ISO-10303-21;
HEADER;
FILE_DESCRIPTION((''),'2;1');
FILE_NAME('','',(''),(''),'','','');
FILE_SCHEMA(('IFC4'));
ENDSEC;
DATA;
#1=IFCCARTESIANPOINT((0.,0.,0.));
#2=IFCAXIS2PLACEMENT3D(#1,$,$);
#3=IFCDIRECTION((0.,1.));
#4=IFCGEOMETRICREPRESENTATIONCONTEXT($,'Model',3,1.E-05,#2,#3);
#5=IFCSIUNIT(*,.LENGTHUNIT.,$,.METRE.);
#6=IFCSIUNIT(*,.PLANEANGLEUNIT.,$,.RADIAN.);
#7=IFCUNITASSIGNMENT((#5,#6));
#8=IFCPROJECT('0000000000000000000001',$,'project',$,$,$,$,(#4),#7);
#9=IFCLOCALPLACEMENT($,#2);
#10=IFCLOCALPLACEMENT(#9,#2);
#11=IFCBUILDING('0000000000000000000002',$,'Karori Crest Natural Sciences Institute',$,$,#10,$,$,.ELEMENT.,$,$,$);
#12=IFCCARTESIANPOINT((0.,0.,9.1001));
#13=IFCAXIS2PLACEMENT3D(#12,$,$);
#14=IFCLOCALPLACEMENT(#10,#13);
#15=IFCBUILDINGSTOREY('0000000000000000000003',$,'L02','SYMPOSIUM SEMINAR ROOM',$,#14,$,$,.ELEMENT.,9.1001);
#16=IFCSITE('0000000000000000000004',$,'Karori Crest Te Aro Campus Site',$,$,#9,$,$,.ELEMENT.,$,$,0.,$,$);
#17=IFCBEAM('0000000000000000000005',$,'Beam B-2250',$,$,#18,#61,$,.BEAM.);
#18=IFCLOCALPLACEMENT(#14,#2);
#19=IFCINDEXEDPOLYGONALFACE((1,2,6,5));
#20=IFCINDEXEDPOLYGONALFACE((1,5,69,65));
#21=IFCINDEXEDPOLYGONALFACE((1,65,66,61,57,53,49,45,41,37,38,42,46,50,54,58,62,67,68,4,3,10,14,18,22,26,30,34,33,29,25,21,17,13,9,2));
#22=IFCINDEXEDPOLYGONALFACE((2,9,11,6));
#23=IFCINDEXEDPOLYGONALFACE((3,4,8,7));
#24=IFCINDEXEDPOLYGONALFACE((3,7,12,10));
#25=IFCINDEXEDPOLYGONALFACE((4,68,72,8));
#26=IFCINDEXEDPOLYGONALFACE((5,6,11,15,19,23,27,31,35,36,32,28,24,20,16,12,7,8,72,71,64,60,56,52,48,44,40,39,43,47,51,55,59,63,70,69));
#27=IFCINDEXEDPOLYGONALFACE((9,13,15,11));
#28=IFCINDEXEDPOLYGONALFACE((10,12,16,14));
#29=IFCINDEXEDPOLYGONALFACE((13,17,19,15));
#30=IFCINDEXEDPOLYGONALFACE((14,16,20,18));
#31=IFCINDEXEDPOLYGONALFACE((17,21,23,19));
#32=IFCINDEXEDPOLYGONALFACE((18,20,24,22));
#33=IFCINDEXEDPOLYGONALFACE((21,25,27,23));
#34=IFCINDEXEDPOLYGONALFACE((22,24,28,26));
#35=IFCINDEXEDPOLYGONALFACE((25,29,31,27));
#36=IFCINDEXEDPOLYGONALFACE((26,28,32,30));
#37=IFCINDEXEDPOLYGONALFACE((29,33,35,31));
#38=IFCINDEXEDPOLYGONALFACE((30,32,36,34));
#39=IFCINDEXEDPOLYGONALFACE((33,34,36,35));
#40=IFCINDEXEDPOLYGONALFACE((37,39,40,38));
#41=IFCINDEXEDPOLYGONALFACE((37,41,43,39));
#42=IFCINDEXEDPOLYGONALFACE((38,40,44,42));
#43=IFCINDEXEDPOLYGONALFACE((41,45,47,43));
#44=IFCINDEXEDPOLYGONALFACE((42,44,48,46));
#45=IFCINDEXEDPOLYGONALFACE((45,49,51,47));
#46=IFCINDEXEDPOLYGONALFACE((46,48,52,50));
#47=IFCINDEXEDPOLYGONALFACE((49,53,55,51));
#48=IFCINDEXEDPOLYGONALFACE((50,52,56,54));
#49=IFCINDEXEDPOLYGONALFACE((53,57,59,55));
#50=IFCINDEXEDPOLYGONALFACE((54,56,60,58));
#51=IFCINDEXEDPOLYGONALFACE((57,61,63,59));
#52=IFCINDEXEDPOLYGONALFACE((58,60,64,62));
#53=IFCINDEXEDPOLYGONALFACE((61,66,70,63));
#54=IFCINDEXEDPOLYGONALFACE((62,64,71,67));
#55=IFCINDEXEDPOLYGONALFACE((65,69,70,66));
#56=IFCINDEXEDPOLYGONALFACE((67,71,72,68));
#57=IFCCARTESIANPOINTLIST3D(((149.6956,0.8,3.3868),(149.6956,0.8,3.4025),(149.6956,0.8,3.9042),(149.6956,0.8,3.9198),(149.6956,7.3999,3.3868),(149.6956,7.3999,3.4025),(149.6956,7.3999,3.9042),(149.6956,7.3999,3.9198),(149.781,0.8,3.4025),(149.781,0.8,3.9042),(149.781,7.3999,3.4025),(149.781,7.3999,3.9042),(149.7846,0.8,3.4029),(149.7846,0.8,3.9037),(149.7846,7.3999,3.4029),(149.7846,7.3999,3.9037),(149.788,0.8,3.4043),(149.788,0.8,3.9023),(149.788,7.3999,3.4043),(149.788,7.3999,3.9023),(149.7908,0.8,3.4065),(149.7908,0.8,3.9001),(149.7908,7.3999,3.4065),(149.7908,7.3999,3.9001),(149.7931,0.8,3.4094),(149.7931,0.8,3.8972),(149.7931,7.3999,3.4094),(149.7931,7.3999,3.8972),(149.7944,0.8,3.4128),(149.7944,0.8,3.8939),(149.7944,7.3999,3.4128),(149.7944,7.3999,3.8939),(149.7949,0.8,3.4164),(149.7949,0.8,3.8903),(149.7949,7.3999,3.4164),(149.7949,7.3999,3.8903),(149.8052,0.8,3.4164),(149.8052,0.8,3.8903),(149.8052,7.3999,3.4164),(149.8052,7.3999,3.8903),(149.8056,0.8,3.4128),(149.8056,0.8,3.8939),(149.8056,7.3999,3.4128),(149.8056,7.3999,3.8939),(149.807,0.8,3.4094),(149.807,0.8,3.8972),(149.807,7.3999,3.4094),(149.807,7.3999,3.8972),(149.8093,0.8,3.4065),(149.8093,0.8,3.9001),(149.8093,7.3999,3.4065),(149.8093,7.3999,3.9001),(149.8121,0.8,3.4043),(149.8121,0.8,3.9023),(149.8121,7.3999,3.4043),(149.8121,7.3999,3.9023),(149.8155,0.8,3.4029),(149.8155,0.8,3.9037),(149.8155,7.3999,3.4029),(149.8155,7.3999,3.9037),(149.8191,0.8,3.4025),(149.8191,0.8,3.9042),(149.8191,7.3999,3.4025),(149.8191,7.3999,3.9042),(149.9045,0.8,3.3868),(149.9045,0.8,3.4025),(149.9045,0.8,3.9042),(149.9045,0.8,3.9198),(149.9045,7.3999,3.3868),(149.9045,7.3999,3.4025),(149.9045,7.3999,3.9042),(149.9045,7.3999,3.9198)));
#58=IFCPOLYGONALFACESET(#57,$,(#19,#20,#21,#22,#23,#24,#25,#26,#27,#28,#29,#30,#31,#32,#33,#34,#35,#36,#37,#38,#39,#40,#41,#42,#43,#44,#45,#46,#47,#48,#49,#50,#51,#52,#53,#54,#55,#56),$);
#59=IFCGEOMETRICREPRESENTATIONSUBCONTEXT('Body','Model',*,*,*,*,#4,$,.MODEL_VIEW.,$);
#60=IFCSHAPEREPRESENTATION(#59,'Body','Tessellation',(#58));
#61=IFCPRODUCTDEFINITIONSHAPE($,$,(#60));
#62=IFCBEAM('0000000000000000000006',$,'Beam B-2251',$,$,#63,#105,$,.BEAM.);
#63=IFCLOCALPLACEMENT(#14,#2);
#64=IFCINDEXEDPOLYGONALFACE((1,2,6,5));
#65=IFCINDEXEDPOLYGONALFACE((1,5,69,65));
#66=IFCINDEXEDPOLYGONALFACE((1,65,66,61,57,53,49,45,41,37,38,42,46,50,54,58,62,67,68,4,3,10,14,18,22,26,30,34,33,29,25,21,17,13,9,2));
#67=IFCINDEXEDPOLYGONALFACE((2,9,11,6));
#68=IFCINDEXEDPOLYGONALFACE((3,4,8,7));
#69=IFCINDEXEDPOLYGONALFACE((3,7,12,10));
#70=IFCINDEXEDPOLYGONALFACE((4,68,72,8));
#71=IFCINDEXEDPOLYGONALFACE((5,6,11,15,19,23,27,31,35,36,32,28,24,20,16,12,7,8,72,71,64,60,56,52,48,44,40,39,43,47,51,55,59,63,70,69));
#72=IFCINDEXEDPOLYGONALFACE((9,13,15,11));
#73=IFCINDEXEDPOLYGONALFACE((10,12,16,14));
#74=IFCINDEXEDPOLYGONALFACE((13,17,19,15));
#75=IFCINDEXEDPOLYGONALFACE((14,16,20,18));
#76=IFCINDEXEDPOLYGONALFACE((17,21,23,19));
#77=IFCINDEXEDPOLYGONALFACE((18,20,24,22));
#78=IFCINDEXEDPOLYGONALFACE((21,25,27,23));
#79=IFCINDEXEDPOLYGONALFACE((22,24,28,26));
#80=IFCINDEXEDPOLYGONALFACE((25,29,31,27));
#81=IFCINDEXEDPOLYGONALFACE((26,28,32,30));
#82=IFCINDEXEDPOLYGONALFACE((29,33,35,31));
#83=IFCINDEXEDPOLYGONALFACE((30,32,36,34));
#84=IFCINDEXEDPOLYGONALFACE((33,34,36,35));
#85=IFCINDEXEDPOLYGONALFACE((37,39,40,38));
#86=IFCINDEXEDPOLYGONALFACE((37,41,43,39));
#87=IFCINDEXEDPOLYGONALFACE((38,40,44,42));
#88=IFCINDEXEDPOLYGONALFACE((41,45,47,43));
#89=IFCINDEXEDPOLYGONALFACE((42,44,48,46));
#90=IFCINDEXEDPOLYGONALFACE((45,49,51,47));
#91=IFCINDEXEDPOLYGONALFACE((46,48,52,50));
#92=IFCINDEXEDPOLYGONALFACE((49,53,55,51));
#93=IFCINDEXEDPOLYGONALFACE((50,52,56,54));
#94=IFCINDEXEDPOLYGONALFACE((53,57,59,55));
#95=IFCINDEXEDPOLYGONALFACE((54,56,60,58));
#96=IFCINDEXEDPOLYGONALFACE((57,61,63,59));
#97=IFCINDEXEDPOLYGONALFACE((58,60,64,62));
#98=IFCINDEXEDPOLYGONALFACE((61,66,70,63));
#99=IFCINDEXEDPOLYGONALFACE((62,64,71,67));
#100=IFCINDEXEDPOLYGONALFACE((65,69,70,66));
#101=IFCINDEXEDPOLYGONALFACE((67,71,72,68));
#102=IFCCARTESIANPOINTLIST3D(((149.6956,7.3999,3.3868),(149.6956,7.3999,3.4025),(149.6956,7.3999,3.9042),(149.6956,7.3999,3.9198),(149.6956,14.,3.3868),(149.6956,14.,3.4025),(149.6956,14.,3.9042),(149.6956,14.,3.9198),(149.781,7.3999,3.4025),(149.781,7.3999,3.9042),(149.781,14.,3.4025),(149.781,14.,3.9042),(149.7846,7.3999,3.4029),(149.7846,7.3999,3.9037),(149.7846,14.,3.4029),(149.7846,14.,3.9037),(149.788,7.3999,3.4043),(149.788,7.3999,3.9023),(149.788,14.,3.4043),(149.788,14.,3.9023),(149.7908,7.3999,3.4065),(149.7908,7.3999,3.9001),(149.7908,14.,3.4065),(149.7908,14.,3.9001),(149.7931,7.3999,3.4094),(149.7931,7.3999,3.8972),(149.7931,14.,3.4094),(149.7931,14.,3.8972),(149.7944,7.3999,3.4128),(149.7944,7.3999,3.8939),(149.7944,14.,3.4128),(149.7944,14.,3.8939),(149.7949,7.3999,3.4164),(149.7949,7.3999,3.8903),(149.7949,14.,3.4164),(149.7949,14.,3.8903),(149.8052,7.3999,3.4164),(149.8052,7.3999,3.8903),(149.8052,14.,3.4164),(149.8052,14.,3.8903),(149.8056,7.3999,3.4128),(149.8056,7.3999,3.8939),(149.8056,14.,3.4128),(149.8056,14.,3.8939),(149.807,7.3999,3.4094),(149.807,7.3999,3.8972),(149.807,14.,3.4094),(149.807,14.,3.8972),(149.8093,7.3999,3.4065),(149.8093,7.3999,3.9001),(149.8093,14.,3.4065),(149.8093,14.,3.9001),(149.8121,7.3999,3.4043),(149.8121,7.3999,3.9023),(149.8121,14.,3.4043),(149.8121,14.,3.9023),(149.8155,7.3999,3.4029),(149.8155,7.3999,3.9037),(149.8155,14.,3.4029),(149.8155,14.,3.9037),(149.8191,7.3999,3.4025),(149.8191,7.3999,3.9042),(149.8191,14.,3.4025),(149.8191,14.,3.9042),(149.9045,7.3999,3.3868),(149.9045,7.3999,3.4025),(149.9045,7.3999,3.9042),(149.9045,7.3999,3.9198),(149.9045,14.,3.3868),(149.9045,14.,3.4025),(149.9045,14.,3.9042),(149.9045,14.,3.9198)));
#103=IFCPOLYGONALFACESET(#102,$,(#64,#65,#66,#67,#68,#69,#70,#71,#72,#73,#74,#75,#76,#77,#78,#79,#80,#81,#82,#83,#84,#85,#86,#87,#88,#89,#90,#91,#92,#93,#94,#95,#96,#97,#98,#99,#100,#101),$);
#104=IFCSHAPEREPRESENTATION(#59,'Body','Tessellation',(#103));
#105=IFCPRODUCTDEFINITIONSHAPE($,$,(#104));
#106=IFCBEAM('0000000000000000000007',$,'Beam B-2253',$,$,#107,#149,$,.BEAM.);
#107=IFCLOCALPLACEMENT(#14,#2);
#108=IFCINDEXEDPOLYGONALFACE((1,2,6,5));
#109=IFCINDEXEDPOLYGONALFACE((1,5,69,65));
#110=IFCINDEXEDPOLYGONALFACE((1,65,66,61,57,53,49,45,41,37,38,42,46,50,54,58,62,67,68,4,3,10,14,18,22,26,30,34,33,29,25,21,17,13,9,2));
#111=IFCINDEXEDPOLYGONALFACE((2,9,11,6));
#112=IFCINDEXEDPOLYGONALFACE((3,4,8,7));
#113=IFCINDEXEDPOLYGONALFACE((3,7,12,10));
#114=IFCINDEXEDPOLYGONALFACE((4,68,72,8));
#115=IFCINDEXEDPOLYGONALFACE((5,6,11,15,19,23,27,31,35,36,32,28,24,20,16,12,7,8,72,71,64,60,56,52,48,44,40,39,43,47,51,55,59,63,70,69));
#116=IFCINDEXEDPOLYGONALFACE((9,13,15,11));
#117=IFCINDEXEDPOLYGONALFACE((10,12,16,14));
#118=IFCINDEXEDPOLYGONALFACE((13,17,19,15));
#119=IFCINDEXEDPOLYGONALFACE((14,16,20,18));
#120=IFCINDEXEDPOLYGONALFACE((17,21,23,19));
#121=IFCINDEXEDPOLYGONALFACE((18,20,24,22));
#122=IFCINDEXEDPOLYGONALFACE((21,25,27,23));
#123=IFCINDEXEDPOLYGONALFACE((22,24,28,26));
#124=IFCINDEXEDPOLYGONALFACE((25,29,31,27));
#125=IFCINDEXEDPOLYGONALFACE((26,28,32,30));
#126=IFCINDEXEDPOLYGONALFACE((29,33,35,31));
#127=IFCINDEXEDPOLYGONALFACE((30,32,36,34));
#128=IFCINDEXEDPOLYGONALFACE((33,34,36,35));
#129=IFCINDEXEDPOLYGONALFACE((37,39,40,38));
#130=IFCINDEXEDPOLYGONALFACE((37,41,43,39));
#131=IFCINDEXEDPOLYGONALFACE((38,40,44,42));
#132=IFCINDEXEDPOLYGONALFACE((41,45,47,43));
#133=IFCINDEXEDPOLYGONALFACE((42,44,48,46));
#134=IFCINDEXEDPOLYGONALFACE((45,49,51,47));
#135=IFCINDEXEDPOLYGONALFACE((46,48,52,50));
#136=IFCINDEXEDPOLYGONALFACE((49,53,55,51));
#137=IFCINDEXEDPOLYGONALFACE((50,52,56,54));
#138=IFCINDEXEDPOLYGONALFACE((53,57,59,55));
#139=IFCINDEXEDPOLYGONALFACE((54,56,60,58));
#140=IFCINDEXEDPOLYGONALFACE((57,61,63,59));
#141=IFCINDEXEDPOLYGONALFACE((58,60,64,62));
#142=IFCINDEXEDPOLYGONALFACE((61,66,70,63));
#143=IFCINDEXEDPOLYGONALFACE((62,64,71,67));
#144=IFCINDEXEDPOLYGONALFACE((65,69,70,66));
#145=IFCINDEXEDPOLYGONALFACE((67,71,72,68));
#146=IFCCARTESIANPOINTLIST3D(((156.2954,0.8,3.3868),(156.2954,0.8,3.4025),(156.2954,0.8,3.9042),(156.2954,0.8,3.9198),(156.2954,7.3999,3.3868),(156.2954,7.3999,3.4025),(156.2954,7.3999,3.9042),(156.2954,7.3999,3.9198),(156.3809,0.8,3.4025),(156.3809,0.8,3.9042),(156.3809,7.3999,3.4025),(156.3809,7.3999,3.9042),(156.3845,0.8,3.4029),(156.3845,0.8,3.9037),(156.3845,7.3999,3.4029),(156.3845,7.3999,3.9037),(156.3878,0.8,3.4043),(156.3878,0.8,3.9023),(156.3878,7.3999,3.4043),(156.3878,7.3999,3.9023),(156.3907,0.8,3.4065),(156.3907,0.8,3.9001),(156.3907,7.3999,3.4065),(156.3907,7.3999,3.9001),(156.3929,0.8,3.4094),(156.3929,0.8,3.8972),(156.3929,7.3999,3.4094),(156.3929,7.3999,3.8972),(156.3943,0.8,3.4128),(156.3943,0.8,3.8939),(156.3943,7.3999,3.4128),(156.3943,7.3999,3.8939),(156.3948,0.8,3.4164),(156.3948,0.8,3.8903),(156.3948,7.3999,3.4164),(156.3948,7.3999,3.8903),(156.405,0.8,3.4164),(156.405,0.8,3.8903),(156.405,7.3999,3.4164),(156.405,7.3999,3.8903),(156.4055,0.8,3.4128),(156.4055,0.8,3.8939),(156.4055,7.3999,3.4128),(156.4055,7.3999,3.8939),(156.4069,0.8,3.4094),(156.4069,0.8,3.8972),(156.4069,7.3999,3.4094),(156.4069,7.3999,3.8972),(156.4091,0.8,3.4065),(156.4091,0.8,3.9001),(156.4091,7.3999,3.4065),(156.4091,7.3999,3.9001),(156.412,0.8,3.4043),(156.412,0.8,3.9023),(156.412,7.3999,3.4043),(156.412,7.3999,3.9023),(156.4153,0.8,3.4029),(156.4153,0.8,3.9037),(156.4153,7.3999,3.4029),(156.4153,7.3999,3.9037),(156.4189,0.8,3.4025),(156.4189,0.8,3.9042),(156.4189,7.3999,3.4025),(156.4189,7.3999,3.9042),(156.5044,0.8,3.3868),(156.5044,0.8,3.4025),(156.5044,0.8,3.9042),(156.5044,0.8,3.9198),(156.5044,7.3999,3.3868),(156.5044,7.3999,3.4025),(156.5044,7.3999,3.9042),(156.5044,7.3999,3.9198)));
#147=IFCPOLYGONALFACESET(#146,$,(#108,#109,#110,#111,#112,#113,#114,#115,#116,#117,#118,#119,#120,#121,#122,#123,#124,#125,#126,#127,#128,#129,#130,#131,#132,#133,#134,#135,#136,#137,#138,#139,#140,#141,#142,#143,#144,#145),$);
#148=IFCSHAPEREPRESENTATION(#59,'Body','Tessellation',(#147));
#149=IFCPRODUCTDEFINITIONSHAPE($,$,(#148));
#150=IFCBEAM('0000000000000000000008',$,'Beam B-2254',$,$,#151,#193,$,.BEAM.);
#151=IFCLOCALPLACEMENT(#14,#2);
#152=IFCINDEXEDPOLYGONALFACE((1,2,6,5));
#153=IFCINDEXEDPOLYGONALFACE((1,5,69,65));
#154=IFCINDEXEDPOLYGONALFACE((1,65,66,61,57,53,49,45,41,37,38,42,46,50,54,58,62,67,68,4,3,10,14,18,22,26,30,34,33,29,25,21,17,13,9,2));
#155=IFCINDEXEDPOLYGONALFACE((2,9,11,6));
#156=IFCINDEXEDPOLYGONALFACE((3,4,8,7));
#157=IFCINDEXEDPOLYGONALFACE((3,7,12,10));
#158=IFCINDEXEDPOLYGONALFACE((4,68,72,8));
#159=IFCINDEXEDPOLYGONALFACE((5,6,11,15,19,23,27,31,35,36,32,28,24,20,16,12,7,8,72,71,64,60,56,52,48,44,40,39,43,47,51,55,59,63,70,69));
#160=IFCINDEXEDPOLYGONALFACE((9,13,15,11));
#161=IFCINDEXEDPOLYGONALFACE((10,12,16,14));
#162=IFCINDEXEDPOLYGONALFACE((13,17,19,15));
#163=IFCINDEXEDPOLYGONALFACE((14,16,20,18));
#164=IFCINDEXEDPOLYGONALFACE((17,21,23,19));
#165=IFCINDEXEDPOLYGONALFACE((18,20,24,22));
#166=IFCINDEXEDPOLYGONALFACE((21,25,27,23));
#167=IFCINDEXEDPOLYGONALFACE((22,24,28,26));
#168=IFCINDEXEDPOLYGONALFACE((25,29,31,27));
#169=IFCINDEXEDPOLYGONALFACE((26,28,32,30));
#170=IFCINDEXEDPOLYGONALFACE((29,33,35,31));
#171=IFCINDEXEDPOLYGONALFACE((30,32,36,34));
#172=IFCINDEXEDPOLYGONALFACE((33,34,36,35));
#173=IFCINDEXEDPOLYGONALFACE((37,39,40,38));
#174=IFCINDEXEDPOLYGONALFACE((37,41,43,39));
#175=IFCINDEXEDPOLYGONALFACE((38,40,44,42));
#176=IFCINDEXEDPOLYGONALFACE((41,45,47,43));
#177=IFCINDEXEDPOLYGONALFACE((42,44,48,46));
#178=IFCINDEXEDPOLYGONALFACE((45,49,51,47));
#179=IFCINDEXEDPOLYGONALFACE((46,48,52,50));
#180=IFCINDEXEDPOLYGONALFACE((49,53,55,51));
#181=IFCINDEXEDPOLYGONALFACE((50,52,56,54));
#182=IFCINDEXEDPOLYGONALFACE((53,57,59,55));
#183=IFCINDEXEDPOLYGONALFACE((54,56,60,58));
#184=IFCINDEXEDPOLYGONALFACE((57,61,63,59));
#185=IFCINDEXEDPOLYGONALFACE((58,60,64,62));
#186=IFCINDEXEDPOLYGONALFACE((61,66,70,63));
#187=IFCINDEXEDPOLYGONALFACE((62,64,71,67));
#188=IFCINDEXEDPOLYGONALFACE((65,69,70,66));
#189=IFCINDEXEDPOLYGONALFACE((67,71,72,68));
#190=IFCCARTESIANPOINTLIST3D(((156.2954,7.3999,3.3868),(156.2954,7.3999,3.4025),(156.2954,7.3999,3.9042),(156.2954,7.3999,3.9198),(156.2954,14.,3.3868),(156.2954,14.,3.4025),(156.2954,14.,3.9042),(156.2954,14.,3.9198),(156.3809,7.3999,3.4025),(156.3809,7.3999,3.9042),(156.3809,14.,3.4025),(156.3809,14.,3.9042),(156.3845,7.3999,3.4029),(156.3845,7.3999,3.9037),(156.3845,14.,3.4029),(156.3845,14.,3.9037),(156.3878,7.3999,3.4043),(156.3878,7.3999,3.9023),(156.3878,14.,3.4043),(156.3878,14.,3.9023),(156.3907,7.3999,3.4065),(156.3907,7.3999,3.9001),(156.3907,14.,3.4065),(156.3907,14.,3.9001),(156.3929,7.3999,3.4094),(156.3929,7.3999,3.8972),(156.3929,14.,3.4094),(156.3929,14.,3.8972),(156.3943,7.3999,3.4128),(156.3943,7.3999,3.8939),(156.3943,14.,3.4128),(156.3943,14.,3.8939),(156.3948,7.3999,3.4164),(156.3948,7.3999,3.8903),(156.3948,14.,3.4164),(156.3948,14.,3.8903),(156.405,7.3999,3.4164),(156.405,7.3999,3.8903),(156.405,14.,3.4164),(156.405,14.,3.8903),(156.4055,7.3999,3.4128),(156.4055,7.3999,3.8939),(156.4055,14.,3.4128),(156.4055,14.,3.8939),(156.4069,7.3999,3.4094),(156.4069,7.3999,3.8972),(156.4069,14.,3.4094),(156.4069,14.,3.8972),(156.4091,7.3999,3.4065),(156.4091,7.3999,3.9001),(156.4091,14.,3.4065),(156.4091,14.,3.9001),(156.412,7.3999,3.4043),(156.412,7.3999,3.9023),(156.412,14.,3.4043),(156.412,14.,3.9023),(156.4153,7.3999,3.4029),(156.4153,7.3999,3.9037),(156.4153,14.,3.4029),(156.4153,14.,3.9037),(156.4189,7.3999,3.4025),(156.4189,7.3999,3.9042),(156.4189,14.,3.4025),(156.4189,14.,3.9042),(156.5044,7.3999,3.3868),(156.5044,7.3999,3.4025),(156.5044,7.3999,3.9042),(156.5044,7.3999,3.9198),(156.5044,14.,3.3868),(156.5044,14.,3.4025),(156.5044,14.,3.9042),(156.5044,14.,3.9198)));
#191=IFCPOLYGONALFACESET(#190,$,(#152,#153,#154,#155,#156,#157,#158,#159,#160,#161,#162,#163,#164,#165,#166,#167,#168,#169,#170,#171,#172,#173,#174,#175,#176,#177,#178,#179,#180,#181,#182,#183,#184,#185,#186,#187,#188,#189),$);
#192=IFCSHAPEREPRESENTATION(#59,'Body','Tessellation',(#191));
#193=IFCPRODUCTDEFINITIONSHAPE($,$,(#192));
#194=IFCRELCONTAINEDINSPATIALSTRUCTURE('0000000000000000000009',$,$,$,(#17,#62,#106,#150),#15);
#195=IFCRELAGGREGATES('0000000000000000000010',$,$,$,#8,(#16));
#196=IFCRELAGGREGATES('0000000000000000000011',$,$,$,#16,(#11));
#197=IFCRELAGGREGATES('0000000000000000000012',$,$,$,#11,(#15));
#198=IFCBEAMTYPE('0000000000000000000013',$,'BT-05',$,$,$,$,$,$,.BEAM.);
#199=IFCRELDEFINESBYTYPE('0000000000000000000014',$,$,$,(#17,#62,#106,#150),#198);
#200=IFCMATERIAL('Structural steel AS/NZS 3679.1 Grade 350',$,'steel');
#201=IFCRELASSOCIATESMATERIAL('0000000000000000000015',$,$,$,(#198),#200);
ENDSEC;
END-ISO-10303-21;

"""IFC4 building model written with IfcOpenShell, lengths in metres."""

from ifc_helpers import new_model, si_unit, direction, frame, origin, origin_2d, place, context, subcontext, project, spatial, i_section, extrude, material, material_profile, profile_set, type_object, element, save


model = new_model("IFC4")

# Units and contexts
model_context = context("Model", 3, precision=1e-05, world=origin(), true_north=direction((0.0, 1.0)))
body_context = subcontext(model_context, "Body", "Model", "MODEL_VIEW")
ifc_project = project(units=[si_unit("LENGTHUNIT", "METRE"), si_unit("PLANEANGLEUNIT", "RADIAN")], contexts=[model_context])

# Site, building, storey
site_placement = place(None, origin())
site = spatial("IfcSite", under=ifc_project, at=site_placement, Name="Karori Crest Te Aro Campus Site", CompositionType="ELEMENT", RefElevation=0.0)
building_placement = place(site_placement, origin())
building = spatial("IfcBuilding", under=site, at=building_placement, Name="Karori Crest Natural Sciences Institute", CompositionType="ELEMENT")
storey_placement = place(building_placement, frame((0.0, 0.0, 9.1001)))
storey = spatial("IfcBuildingStorey", under=building, at=storey_placement, Name="L02", Description="SYMPOSIUM SEMINAR ROOM", CompositionType="ELEMENT", Elevation=9.1001)

# Shared definitions
ifc_material_1 = material(Name="Structural steel AS/NZS 3679.1 Grade 350", Category="steel")

# Beams
ifc_material_profile_1 = material_profile(ifc_material_1, i_section(OverallWidth=0.209, OverallDepth=0.533, WebThickness=0.0103, FlangeThickness=0.0156, FilletRadius=0.0139, at=origin_2d()), Name="530UB92.4")
ifc_profile_set_1 = profile_set([ifc_material_profile_1], Name="Structural steel AS/NZS 3679.1 Grade 350")
beam_type_1 = type_object("IfcBeamType", Name="BT-05", PredefinedType="BEAM", material=ifc_profile_set_1)
beam_1_placement = place(storey_placement, frame((149.8, 0.8, 3.6533), z_axis=(0.0, 1.0, 0.0), x_axis=(-1.0, 0.0, 0.0)))
element("IfcBeam", 1, at=beam_1_placement, inside=storey, type_object=beam_type_1, Name="Beam B-2250", PredefinedType="BEAM", context=body_context, shape_type="SweptSolid", body=[
    extrude(i_section(OverallWidth=0.209, OverallDepth=0.533, WebThickness=0.0103, FlangeThickness=0.0156, FilletRadius=0.0139, at=origin_2d()), origin(), (0.0, 0.0, 1.0), 6.5999),
])
beam_2_placement = place(storey_placement, frame((149.8, 7.3999, 3.6533), z_axis=(0.0, 1.0, 0.0), x_axis=(-1.0, 0.0, 0.0)))
element("IfcBeam", 2, at=beam_2_placement, inside=storey, type_object=beam_type_1, Name="Beam B-2251", PredefinedType="BEAM", context=body_context, shape_type="SweptSolid", body=[
    extrude(i_section(OverallWidth=0.209, OverallDepth=0.533, WebThickness=0.0103, FlangeThickness=0.0156, FilletRadius=0.0139, at=origin_2d()), origin(), (0.0, 0.0, 1.0), 6.6001),
])
beam_3_placement = place(storey_placement, frame((156.3999, 0.8, 3.6533), z_axis=(0.0, 1.0, 0.0), x_axis=(-1.0, 0.0, 0.0)))
element("IfcBeam", 3, at=beam_3_placement, inside=storey, type_object=beam_type_1, Name="Beam B-2253", PredefinedType="BEAM", context=body_context, shape_type="SweptSolid", body=[
    extrude(i_section(OverallWidth=0.209, OverallDepth=0.533, WebThickness=0.0103, FlangeThickness=0.0156, FilletRadius=0.0139, at=origin_2d()), origin(), (0.0, 0.0, 1.0), 6.5999),
])
beam_4_placement = place(storey_placement, frame((156.3999, 7.3999, 3.6533), z_axis=(0.0, 1.0, 0.0), x_axis=(-1.0, 0.0, 0.0)))
element("IfcBeam", 4, at=beam_4_placement, inside=storey, type_object=beam_type_1, Name="Beam B-2254", PredefinedType="BEAM", context=body_context, shape_type="SweptSolid", body=[
    extrude(i_section(OverallWidth=0.209, OverallDepth=0.533, WebThickness=0.0103, FlangeThickness=0.0156, FilletRadius=0.0139, at=origin_2d()), origin(), (0.0, 0.0, 1.0), 6.6001),
])

save(model, "model.ifc")
